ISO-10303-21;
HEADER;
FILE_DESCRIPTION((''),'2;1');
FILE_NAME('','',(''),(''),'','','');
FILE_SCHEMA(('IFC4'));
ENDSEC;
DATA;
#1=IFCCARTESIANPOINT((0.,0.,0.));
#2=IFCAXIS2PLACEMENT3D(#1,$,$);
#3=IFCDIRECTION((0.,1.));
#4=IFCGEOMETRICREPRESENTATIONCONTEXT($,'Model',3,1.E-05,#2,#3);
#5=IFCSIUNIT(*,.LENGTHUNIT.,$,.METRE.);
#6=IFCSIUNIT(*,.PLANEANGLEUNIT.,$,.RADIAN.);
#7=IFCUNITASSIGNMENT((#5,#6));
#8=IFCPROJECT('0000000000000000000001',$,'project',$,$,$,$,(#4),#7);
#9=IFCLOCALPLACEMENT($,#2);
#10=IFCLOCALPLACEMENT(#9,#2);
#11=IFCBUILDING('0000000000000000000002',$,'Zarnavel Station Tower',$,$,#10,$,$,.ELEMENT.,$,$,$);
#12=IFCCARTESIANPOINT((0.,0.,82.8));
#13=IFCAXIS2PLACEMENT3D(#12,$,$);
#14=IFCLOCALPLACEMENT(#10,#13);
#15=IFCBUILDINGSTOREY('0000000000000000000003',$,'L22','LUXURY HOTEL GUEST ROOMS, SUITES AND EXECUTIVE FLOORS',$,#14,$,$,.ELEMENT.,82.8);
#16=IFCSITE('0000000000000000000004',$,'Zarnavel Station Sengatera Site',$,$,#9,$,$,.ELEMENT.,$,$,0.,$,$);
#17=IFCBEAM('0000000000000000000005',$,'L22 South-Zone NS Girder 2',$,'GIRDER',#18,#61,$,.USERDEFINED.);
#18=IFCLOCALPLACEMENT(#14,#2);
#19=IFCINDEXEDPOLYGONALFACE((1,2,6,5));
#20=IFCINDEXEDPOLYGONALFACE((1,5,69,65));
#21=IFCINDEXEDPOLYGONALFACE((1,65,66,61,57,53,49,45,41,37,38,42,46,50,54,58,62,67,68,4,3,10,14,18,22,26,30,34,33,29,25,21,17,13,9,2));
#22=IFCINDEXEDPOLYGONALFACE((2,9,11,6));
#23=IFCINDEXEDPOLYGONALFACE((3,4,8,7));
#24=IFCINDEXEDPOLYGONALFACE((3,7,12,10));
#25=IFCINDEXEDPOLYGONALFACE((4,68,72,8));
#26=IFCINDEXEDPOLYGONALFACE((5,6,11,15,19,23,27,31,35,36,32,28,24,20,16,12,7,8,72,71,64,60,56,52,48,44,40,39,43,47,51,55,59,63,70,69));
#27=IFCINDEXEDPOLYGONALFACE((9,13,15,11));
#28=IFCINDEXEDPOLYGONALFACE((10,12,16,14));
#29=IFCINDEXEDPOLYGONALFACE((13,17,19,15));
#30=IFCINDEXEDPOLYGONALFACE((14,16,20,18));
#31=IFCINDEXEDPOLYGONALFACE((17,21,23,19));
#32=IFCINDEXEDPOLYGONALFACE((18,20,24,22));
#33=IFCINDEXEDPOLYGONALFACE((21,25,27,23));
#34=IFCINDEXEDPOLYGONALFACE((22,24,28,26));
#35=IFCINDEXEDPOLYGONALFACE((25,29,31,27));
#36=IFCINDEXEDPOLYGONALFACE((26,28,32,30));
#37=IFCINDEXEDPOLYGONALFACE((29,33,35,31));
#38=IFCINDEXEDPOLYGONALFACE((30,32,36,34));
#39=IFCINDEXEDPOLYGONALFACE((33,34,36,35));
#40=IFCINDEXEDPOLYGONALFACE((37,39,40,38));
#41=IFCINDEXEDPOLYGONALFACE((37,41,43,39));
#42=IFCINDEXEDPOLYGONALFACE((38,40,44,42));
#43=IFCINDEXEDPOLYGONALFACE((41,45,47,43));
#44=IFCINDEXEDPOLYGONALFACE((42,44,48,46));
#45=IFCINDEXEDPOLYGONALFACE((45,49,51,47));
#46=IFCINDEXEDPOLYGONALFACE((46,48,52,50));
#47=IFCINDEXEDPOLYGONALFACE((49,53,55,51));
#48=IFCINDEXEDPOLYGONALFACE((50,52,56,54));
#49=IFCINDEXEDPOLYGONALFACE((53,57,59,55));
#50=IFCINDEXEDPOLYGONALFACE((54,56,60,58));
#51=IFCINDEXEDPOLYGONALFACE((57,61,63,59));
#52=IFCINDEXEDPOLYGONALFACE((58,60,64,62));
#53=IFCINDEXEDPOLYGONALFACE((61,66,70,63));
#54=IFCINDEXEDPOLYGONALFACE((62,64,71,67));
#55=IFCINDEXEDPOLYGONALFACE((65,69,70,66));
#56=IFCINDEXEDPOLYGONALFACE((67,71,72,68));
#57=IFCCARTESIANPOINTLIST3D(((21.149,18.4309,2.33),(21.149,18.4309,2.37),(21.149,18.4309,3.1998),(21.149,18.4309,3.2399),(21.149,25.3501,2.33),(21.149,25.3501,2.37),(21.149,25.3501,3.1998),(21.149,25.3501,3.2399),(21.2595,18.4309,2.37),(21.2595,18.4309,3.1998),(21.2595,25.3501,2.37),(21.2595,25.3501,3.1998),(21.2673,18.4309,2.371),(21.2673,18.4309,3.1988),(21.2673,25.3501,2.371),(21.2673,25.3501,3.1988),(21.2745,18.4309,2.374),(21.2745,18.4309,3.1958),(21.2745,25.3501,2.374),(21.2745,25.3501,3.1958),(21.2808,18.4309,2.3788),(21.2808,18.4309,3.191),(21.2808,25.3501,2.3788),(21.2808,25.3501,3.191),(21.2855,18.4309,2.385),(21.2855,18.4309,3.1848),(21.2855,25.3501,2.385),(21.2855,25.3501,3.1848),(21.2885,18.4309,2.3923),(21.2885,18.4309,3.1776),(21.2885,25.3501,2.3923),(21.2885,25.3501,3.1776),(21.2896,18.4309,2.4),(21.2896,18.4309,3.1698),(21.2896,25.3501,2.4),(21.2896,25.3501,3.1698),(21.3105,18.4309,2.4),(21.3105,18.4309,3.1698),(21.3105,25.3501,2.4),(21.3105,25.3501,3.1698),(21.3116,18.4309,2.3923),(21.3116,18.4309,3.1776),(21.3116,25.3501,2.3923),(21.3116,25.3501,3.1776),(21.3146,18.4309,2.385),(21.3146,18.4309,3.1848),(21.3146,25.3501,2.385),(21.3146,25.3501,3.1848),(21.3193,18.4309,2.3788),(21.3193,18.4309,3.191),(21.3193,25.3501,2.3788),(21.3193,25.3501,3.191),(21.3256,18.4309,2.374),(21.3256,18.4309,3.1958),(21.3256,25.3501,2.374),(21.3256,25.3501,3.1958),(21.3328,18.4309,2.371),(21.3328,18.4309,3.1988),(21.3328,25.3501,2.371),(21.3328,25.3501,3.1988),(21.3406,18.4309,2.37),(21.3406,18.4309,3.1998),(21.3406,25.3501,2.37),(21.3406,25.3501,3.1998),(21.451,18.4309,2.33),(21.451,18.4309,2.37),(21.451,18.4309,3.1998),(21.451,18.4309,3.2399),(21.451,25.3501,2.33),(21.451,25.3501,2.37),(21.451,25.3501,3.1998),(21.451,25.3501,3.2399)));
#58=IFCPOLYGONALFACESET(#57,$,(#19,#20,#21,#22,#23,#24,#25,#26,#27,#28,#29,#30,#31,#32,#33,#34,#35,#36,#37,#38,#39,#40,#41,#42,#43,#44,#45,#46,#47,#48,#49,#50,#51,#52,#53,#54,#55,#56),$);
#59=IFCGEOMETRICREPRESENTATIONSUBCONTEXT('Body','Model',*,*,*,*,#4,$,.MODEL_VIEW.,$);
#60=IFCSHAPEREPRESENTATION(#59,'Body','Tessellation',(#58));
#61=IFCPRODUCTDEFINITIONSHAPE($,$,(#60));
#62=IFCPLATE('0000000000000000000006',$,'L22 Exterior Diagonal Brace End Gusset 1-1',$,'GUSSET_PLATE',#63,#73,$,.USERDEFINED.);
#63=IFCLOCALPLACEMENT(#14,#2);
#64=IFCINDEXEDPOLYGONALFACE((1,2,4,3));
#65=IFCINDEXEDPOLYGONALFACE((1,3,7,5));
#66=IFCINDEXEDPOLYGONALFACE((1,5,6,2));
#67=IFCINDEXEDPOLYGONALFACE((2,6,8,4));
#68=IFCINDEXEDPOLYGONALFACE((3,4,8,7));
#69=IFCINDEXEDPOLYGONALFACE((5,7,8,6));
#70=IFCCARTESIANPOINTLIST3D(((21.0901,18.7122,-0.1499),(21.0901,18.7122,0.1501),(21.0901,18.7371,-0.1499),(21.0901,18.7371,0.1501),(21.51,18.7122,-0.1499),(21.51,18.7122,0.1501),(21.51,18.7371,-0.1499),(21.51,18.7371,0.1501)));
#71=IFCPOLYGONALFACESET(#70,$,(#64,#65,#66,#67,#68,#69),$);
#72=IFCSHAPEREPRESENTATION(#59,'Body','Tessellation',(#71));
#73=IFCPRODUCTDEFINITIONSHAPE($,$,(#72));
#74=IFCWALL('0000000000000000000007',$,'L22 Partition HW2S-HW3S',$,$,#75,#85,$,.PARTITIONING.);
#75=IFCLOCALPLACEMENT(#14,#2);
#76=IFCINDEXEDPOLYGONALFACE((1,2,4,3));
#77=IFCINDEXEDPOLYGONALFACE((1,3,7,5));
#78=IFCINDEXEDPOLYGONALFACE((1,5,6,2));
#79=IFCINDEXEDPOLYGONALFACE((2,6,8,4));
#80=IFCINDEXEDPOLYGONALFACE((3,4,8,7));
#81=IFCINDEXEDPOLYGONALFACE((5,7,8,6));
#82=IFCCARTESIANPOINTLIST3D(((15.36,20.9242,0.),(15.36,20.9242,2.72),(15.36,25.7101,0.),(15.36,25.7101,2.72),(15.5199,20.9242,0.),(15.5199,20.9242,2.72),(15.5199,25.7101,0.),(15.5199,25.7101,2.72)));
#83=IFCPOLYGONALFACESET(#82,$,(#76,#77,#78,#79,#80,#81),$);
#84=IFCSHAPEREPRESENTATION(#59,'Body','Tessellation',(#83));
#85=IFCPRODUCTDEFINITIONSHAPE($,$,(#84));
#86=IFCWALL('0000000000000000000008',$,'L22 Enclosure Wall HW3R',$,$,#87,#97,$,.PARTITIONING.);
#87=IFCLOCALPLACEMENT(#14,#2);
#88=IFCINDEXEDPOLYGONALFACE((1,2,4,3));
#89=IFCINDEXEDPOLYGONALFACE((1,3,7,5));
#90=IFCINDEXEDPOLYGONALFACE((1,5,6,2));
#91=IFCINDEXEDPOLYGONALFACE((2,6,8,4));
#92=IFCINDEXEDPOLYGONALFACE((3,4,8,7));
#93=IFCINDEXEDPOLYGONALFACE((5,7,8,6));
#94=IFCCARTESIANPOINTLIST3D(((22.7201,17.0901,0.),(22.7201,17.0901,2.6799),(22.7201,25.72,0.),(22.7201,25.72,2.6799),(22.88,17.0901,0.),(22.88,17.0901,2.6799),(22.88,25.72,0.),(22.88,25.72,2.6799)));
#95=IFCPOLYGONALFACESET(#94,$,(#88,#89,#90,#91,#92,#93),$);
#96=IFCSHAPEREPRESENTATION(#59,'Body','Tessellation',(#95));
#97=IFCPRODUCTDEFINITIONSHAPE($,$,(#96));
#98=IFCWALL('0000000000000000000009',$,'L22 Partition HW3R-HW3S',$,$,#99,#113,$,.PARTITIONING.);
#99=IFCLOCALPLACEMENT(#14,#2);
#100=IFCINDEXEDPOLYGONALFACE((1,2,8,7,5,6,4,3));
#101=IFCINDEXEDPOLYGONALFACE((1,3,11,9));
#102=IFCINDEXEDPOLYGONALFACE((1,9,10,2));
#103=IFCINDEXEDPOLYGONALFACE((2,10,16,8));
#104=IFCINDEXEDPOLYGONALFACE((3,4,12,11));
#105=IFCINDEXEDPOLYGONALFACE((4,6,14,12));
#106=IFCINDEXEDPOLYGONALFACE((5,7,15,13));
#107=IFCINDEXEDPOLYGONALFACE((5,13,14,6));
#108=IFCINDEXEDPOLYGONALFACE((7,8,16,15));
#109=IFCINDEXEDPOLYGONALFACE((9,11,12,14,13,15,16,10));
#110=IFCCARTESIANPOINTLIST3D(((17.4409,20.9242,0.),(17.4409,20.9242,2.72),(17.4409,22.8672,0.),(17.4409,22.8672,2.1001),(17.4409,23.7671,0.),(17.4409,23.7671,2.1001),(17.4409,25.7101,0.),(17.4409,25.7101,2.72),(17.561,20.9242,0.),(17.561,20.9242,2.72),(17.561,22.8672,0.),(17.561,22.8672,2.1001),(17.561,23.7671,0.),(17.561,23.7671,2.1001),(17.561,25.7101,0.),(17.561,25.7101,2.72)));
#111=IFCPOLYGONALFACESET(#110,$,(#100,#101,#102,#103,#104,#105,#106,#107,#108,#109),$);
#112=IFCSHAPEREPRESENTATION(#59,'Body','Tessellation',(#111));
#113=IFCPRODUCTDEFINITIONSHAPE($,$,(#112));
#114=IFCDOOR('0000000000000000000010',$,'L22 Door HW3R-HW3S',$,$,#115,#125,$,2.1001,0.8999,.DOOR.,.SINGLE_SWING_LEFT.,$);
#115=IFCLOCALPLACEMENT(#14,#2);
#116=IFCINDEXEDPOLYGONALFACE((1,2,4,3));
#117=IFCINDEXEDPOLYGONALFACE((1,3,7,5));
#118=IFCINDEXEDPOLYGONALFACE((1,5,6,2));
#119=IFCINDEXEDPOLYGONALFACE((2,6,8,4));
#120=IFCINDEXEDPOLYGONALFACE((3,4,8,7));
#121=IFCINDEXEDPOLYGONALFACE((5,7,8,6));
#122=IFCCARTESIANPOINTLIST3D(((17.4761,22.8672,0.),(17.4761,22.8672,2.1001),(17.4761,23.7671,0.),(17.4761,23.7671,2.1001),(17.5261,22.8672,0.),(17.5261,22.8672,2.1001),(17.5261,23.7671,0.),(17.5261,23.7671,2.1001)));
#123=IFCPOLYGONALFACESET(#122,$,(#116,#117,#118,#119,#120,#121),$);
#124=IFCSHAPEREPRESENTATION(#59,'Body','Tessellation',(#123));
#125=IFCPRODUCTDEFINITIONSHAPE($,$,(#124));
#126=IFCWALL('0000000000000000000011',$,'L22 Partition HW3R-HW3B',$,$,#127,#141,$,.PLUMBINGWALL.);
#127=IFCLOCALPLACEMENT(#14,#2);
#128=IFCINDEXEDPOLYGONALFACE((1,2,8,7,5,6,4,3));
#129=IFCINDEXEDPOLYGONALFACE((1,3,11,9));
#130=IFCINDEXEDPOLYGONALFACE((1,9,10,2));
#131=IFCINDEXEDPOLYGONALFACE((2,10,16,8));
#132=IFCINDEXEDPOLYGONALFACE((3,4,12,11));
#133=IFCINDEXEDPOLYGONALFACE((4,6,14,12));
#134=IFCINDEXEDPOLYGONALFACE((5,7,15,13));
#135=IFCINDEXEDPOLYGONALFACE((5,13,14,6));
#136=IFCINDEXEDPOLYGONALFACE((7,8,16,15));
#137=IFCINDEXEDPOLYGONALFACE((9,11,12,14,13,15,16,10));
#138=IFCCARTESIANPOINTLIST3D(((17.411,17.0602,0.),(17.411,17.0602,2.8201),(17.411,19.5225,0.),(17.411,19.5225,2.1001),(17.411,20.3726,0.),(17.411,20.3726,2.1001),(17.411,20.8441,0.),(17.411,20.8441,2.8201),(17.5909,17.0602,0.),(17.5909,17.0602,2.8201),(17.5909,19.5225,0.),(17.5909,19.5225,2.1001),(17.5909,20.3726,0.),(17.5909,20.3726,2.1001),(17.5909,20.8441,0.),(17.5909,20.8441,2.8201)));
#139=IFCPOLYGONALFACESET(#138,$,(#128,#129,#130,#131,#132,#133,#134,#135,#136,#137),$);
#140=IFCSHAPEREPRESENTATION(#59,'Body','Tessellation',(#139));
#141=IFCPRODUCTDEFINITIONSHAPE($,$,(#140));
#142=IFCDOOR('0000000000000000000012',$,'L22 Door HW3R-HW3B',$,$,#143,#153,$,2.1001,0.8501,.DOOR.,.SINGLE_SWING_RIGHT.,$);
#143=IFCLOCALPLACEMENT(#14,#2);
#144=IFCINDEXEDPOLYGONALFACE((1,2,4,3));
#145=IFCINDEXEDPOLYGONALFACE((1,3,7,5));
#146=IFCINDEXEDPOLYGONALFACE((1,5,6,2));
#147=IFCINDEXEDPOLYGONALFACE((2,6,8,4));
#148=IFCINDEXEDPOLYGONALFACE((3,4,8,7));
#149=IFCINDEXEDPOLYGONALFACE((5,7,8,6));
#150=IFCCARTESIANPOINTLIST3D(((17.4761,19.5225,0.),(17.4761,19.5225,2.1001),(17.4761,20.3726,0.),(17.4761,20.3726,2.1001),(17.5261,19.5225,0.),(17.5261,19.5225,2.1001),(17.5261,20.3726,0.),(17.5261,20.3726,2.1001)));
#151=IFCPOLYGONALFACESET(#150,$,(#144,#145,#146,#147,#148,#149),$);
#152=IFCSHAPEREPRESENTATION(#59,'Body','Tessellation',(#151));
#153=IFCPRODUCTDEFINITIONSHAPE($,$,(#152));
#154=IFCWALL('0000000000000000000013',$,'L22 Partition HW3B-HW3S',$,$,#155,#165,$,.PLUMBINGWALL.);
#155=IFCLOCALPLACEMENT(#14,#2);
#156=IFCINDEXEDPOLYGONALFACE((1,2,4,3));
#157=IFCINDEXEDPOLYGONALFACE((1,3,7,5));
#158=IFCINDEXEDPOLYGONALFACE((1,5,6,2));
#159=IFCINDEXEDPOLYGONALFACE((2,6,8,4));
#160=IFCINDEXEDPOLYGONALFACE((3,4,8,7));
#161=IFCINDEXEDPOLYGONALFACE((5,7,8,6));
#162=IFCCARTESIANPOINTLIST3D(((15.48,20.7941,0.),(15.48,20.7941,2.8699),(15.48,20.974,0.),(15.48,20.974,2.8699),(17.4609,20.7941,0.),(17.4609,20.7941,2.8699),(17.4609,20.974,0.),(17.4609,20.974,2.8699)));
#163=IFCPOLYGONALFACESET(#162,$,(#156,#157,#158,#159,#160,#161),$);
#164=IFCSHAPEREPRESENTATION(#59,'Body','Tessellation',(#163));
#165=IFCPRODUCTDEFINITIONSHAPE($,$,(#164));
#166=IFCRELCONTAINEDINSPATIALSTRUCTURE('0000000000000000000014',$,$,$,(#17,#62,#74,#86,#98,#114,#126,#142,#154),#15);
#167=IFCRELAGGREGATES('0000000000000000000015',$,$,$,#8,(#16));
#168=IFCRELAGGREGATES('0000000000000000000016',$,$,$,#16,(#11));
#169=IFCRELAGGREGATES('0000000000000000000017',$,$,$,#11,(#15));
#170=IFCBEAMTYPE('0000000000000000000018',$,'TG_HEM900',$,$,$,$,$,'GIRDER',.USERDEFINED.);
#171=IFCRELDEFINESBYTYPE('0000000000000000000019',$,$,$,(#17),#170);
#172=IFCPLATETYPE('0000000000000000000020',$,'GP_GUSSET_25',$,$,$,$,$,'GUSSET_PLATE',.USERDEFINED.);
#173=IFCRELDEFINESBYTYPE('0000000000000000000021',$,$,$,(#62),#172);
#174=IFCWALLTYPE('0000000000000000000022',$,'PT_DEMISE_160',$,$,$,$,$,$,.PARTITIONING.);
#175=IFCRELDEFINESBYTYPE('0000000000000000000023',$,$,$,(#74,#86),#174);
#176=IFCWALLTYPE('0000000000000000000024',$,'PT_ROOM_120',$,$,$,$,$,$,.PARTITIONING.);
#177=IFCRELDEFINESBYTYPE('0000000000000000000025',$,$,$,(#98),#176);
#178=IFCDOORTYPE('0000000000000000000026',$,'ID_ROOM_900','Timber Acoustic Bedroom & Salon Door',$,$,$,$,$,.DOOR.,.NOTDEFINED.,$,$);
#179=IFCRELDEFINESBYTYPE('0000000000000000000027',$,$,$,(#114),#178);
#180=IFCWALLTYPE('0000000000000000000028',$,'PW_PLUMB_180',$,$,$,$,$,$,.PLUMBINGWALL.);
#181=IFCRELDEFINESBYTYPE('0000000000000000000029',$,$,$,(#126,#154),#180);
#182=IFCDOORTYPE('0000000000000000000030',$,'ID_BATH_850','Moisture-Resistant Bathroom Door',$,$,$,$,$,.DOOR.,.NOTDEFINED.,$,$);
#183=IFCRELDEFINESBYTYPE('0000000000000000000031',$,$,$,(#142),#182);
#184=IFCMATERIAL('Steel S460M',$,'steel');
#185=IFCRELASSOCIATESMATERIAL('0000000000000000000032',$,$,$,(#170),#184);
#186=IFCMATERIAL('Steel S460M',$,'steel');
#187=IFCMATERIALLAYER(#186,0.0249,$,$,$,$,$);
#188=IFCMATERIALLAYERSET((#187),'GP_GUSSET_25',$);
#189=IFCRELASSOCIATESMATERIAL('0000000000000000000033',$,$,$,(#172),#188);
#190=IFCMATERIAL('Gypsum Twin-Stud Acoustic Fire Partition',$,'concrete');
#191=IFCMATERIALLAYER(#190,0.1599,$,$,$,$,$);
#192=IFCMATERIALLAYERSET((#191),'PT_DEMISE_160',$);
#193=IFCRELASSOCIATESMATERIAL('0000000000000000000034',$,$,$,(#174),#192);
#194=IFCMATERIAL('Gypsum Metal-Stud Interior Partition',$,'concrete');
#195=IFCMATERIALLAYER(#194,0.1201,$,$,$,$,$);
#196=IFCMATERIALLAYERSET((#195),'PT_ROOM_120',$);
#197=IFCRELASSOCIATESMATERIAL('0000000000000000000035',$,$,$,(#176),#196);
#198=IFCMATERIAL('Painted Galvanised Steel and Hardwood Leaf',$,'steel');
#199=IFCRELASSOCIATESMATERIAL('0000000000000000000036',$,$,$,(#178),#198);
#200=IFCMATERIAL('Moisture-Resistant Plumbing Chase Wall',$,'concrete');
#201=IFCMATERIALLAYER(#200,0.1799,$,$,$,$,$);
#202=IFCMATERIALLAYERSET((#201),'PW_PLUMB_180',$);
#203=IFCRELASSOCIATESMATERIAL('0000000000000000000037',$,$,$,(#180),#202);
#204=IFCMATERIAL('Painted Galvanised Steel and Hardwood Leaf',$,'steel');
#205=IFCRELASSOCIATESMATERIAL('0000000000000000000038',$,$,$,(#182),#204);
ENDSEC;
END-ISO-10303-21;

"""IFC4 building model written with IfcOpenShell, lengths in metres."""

from ifc_helpers import new_model, si_unit, direction, frame, frame_2d, origin, origin_2d, place, context, subcontext, project, spatial, rectangle, i_section, extrude, material, layer, layer_set, material_profile, profile_set, type_object, element, fill, save


model = new_model("IFC4")

# Units and contexts
model_context = context("Model", 3, precision=1e-05, world=origin(), true_north=direction((0.0, 1.0)))
body_context = subcontext(model_context, "Body", "Model", "MODEL_VIEW")
ifc_project = project(units=[si_unit("LENGTHUNIT", "METRE"), si_unit("PLANEANGLEUNIT", "RADIAN")], contexts=[model_context])

# Site, building, storey
site_placement = place(None, origin())
site = spatial("IfcSite", under=ifc_project, at=site_placement, Name="Zarnavel Station Sengatera Site", CompositionType="ELEMENT", RefElevation=0.0)
building_placement = place(site_placement, origin())
building = spatial("IfcBuilding", under=site, at=building_placement, Name="Zarnavel Station Tower", CompositionType="ELEMENT")
storey_placement = place(building_placement, frame((0.0, 0.0, 82.8)))
storey = spatial("IfcBuildingStorey", under=building, at=storey_placement, Name="L22", Description="LUXURY HOTEL GUEST ROOMS, SUITES AND EXECUTIVE FLOORS", CompositionType="ELEMENT", Elevation=82.8)

# Beam
ifc_material_1 = material(Name="Steel S460M", Category="steel")
ifc_material_profile_1 = material_profile(ifc_material_1, i_section(OverallWidth=0.302, OverallDepth=0.9099, WebThickness=0.021, FlangeThickness=0.04, FilletRadius=0.03, at=origin_2d()), Name="HEM900")
ifc_profile_set_1 = profile_set([ifc_material_profile_1], Name="Steel S460M")
beam_type_1 = type_object("IfcBeamType", Name="TG_HEM900", ElementType="GIRDER", PredefinedType="USERDEFINED", material=ifc_profile_set_1)
beam_1_placement = place(storey_placement, frame((21.3, 18.4309, 2.7849), z_axis=(0.0, 1.0, 0.0), x_axis=(-1.0, 0.0, 0.0)))
element("IfcBeam", 1, at=beam_1_placement, inside=storey, type_object=beam_type_1, Name="L22 South-Zone NS Girder 2", ObjectType="GIRDER", PredefinedType="USERDEFINED", context=body_context, shape_type="SweptSolid", body=[
    extrude(i_section(OverallWidth=0.302, OverallDepth=0.9099, WebThickness=0.021, FlangeThickness=0.04, FilletRadius=0.03, at=origin_2d()), origin(), (0.0, 0.0, 1.0), 6.9192),
])

# Plate
ifc_material_2 = material(Name="Steel S460M", Category="steel")
ifc_layer_1 = layer(ifc_material_2, 0.0249)
ifc_layer_set_1 = layer_set([ifc_layer_1], Name="GP_GUSSET_25")
plate_type = type_object("IfcPlateType", Name="GP_GUSSET_25", ElementType="GUSSET_PLATE", PredefinedType="USERDEFINED", material=ifc_layer_set_1)
plate_placement = place(storey_placement, frame((21.3, 18.7246, -0.1499), z_axis=(0.0, 0.0, 1.0), x_axis=(1.0, 0.0, 0.0)))
element("IfcPlate", 2, at=plate_placement, inside=storey, type_object=plate_type, Name="L22 Exterior Diagonal Brace End Gusset 1-1", ObjectType="GUSSET_PLATE", PredefinedType="USERDEFINED", context=body_context, shape_type="SweptSolid", body=[
    extrude(rectangle(XDim=0.4199, YDim=0.0249, at=origin_2d()), origin(), (0.0, 0.0, 1.0), 0.3),
])

# Walls
ifc_material_3 = material(Name="Gypsum Twin-Stud Acoustic Fire Partition", Category="concrete")
ifc_layer_2 = layer(ifc_material_3, 0.1599)
ifc_layer_set_2 = layer_set([ifc_layer_2], Name="PT_DEMISE_160")
wall_type_1 = type_object("IfcWallType", Name="PT_DEMISE_160", PredefinedType="PARTITIONING", material=ifc_layer_set_2)
wall_1_placement = place(storey_placement, frame((15.4399, 20.9241, 0.0), z_axis=(0.0, 0.0, 1.0), x_axis=(0.0, 1.0, 0.0)))
element("IfcWall", 3, at=wall_1_placement, inside=storey, type_object=wall_type_1, Name="L22 Partition HW2S-HW3S", PredefinedType="PARTITIONING", context=body_context, shape_type="SweptSolid", body=[
    extrude(rectangle(XDim=4.7859, YDim=0.1599, at=frame_2d((2.3931, 0.0))), origin(), (0.0, 0.0, 1.0), 2.72),
])
wall_2_placement = place(storey_placement, frame((22.8, 17.0901, 0.0), z_axis=(0.0, 0.0, 1.0), x_axis=(0.0, 1.0, 0.0)))
element("IfcWall", 4, at=wall_2_placement, inside=storey, type_object=wall_type_1, Name="L22 Enclosure Wall HW3R", PredefinedType="PARTITIONING", context=body_context, shape_type="SweptSolid", body=[
    extrude(rectangle(XDim=8.6299, YDim=0.1599, at=frame_2d((4.3149, 0.0))), origin(), (0.0, 0.0, 1.0), 2.6799),
])

# Walls, openings, doors
ifc_material_4 = material(Name="Gypsum Metal-Stud Interior Partition", Category="concrete")
ifc_layer_3 = layer(ifc_material_4, 0.1201)
ifc_layer_set_3 = layer_set([ifc_layer_3], Name="PT_ROOM_120")
wall_type_2 = type_object("IfcWallType", Name="PT_ROOM_120", PredefinedType="PARTITIONING", material=ifc_layer_set_3)
wall_3_placement = place(storey_placement, frame((17.501, 20.9241, 0.0), z_axis=(0.0, 0.0, 1.0), x_axis=(0.0, 1.0, 0.0)))
wall_3 = element("IfcWall", 5, at=wall_3_placement, inside=storey, type_object=wall_type_2, Name="L22 Partition HW3R-HW3S", PredefinedType="PARTITIONING", context=body_context, shape_type="SweptSolid", body=[
    extrude(rectangle(XDim=4.7859, YDim=0.1201, at=frame_2d((2.3931, 0.0))), origin(), (0.0, 0.0, 1.0), 2.72),
])
opening_1_placement = place(wall_3_placement, frame((1.9431, 0.0, 0.0)))
opening_1 = element("IfcOpeningElement", 6, at=opening_1_placement, cuts=wall_3, PredefinedType="OPENING", context=body_context, shape_type="SweptSolid", body=[
    extrude(rectangle(XDim=0.8999, YDim=2.1001, at=frame_2d((0.45, 1.05))), frame((0.0, 0.0701, 0.0), z_axis=(0.0, -1.0, 0.0), x_axis=(1.0, 0.0, 0.0)), (0.0, 0.0, 1.0), 0.1401),
])
ifc_material_5 = material(Name="Painted Galvanised Steel and Hardwood Leaf", Category="steel")
door_type_1 = type_object("IfcDoorType", Name="ID_ROOM_900", Description="Timber Acoustic Bedroom & Salon Door", OperationType="NOTDEFINED", PredefinedType="DOOR", material=ifc_material_5)
door_1_placement = place(opening_1_placement, origin())
door_1 = element("IfcDoor", 7, at=door_1_placement, inside=storey, type_object=door_type_1, Name="L22 Door HW3R-HW3S", OperationType="SINGLE_SWING_LEFT", OverallHeight=2.1001, OverallWidth=0.8999, PredefinedType="DOOR", context=body_context, shape_type="SweptSolid", body=[
    extrude(rectangle(XDim=0.8999, YDim=2.1001, at=frame_2d((0.45, 1.05))), frame((0.0, 0.0249, 0.0), z_axis=(0.0, -1.0, 0.0), x_axis=(1.0, 0.0, 0.0)), (0.0, 0.0, 1.0), 0.05),
])
fill(opening_1, door_1)
ifc_material_6 = material(Name="Moisture-Resistant Plumbing Chase Wall", Category="concrete")
ifc_layer_4 = layer(ifc_material_6, 0.1799)
ifc_layer_set_4 = layer_set([ifc_layer_4], Name="PW_PLUMB_180")
wall_type_3 = type_object("IfcWallType", Name="PW_PLUMB_180", PredefinedType="PLUMBINGWALL", material=ifc_layer_set_4)
wall_4_placement = place(storey_placement, frame((17.501, 17.0601, 0.0), z_axis=(0.0, 0.0, 1.0), x_axis=(0.0, 1.0, 0.0)))
wall_4 = element("IfcWall", 8, at=wall_4_placement, inside=storey, type_object=wall_type_3, Name="L22 Partition HW3R-HW3B", PredefinedType="PLUMBINGWALL", context=body_context, shape_type="SweptSolid", body=[
    extrude(rectangle(XDim=3.7839, YDim=0.1799, at=frame_2d((1.8921, 0.0))), origin(), (0.0, 0.0, 1.0), 2.8201),
])
opening_2_placement = place(wall_4_placement, frame((2.4624, 0.0, 0.0)))
opening_2 = element("IfcOpeningElement", 9, at=opening_2_placement, cuts=wall_4, PredefinedType="OPENING", context=body_context, shape_type="SweptSolid", body=[
    extrude(rectangle(XDim=0.8501, YDim=2.1001, at=frame_2d((0.425, 1.05))), frame((0.0, 0.0999, 0.0), z_axis=(0.0, -1.0, 0.0), x_axis=(1.0, 0.0, 0.0)), (0.0, 0.0, 1.0), 0.2),
])
ifc_material_7 = material(Name="Painted Galvanised Steel and Hardwood Leaf", Category="steel")
door_type_2 = type_object("IfcDoorType", Name="ID_BATH_850", Description="Moisture-Resistant Bathroom Door", OperationType="NOTDEFINED", PredefinedType="DOOR", material=ifc_material_7)
door_2_placement = place(opening_2_placement, origin())
door_2 = element("IfcDoor", 10, at=door_2_placement, inside=storey, type_object=door_type_2, Name="L22 Door HW3R-HW3B", OperationType="SINGLE_SWING_RIGHT", OverallHeight=2.1001, OverallWidth=0.8501, PredefinedType="DOOR", context=body_context, shape_type="SweptSolid", body=[
    extrude(rectangle(XDim=0.8501, YDim=2.1001, at=frame_2d((0.425, 1.05))), frame((0.0, 0.0249, 0.0), z_axis=(0.0, -1.0, 0.0), x_axis=(1.0, 0.0, 0.0)), (0.0, 0.0, 1.0), 0.05),
])
fill(opening_2, door_2)

# Wall
wall_5_placement = place(storey_placement, frame((15.48, 20.884, 0.0), z_axis=(0.0, 0.0, 1.0), x_axis=(1.0, 0.0, 0.0)))
element("IfcWall", 11, at=wall_5_placement, inside=storey, type_object=wall_type_3, Name="L22 Partition HW3B-HW3S", PredefinedType="PLUMBINGWALL", context=body_context, shape_type="SweptSolid", body=[
    extrude(rectangle(XDim=1.981, YDim=0.1799, at=frame_2d((0.9905, 0.0))), origin(), (0.0, 0.0, 1.0), 2.8699),
])

save(model, "model.ifc")
